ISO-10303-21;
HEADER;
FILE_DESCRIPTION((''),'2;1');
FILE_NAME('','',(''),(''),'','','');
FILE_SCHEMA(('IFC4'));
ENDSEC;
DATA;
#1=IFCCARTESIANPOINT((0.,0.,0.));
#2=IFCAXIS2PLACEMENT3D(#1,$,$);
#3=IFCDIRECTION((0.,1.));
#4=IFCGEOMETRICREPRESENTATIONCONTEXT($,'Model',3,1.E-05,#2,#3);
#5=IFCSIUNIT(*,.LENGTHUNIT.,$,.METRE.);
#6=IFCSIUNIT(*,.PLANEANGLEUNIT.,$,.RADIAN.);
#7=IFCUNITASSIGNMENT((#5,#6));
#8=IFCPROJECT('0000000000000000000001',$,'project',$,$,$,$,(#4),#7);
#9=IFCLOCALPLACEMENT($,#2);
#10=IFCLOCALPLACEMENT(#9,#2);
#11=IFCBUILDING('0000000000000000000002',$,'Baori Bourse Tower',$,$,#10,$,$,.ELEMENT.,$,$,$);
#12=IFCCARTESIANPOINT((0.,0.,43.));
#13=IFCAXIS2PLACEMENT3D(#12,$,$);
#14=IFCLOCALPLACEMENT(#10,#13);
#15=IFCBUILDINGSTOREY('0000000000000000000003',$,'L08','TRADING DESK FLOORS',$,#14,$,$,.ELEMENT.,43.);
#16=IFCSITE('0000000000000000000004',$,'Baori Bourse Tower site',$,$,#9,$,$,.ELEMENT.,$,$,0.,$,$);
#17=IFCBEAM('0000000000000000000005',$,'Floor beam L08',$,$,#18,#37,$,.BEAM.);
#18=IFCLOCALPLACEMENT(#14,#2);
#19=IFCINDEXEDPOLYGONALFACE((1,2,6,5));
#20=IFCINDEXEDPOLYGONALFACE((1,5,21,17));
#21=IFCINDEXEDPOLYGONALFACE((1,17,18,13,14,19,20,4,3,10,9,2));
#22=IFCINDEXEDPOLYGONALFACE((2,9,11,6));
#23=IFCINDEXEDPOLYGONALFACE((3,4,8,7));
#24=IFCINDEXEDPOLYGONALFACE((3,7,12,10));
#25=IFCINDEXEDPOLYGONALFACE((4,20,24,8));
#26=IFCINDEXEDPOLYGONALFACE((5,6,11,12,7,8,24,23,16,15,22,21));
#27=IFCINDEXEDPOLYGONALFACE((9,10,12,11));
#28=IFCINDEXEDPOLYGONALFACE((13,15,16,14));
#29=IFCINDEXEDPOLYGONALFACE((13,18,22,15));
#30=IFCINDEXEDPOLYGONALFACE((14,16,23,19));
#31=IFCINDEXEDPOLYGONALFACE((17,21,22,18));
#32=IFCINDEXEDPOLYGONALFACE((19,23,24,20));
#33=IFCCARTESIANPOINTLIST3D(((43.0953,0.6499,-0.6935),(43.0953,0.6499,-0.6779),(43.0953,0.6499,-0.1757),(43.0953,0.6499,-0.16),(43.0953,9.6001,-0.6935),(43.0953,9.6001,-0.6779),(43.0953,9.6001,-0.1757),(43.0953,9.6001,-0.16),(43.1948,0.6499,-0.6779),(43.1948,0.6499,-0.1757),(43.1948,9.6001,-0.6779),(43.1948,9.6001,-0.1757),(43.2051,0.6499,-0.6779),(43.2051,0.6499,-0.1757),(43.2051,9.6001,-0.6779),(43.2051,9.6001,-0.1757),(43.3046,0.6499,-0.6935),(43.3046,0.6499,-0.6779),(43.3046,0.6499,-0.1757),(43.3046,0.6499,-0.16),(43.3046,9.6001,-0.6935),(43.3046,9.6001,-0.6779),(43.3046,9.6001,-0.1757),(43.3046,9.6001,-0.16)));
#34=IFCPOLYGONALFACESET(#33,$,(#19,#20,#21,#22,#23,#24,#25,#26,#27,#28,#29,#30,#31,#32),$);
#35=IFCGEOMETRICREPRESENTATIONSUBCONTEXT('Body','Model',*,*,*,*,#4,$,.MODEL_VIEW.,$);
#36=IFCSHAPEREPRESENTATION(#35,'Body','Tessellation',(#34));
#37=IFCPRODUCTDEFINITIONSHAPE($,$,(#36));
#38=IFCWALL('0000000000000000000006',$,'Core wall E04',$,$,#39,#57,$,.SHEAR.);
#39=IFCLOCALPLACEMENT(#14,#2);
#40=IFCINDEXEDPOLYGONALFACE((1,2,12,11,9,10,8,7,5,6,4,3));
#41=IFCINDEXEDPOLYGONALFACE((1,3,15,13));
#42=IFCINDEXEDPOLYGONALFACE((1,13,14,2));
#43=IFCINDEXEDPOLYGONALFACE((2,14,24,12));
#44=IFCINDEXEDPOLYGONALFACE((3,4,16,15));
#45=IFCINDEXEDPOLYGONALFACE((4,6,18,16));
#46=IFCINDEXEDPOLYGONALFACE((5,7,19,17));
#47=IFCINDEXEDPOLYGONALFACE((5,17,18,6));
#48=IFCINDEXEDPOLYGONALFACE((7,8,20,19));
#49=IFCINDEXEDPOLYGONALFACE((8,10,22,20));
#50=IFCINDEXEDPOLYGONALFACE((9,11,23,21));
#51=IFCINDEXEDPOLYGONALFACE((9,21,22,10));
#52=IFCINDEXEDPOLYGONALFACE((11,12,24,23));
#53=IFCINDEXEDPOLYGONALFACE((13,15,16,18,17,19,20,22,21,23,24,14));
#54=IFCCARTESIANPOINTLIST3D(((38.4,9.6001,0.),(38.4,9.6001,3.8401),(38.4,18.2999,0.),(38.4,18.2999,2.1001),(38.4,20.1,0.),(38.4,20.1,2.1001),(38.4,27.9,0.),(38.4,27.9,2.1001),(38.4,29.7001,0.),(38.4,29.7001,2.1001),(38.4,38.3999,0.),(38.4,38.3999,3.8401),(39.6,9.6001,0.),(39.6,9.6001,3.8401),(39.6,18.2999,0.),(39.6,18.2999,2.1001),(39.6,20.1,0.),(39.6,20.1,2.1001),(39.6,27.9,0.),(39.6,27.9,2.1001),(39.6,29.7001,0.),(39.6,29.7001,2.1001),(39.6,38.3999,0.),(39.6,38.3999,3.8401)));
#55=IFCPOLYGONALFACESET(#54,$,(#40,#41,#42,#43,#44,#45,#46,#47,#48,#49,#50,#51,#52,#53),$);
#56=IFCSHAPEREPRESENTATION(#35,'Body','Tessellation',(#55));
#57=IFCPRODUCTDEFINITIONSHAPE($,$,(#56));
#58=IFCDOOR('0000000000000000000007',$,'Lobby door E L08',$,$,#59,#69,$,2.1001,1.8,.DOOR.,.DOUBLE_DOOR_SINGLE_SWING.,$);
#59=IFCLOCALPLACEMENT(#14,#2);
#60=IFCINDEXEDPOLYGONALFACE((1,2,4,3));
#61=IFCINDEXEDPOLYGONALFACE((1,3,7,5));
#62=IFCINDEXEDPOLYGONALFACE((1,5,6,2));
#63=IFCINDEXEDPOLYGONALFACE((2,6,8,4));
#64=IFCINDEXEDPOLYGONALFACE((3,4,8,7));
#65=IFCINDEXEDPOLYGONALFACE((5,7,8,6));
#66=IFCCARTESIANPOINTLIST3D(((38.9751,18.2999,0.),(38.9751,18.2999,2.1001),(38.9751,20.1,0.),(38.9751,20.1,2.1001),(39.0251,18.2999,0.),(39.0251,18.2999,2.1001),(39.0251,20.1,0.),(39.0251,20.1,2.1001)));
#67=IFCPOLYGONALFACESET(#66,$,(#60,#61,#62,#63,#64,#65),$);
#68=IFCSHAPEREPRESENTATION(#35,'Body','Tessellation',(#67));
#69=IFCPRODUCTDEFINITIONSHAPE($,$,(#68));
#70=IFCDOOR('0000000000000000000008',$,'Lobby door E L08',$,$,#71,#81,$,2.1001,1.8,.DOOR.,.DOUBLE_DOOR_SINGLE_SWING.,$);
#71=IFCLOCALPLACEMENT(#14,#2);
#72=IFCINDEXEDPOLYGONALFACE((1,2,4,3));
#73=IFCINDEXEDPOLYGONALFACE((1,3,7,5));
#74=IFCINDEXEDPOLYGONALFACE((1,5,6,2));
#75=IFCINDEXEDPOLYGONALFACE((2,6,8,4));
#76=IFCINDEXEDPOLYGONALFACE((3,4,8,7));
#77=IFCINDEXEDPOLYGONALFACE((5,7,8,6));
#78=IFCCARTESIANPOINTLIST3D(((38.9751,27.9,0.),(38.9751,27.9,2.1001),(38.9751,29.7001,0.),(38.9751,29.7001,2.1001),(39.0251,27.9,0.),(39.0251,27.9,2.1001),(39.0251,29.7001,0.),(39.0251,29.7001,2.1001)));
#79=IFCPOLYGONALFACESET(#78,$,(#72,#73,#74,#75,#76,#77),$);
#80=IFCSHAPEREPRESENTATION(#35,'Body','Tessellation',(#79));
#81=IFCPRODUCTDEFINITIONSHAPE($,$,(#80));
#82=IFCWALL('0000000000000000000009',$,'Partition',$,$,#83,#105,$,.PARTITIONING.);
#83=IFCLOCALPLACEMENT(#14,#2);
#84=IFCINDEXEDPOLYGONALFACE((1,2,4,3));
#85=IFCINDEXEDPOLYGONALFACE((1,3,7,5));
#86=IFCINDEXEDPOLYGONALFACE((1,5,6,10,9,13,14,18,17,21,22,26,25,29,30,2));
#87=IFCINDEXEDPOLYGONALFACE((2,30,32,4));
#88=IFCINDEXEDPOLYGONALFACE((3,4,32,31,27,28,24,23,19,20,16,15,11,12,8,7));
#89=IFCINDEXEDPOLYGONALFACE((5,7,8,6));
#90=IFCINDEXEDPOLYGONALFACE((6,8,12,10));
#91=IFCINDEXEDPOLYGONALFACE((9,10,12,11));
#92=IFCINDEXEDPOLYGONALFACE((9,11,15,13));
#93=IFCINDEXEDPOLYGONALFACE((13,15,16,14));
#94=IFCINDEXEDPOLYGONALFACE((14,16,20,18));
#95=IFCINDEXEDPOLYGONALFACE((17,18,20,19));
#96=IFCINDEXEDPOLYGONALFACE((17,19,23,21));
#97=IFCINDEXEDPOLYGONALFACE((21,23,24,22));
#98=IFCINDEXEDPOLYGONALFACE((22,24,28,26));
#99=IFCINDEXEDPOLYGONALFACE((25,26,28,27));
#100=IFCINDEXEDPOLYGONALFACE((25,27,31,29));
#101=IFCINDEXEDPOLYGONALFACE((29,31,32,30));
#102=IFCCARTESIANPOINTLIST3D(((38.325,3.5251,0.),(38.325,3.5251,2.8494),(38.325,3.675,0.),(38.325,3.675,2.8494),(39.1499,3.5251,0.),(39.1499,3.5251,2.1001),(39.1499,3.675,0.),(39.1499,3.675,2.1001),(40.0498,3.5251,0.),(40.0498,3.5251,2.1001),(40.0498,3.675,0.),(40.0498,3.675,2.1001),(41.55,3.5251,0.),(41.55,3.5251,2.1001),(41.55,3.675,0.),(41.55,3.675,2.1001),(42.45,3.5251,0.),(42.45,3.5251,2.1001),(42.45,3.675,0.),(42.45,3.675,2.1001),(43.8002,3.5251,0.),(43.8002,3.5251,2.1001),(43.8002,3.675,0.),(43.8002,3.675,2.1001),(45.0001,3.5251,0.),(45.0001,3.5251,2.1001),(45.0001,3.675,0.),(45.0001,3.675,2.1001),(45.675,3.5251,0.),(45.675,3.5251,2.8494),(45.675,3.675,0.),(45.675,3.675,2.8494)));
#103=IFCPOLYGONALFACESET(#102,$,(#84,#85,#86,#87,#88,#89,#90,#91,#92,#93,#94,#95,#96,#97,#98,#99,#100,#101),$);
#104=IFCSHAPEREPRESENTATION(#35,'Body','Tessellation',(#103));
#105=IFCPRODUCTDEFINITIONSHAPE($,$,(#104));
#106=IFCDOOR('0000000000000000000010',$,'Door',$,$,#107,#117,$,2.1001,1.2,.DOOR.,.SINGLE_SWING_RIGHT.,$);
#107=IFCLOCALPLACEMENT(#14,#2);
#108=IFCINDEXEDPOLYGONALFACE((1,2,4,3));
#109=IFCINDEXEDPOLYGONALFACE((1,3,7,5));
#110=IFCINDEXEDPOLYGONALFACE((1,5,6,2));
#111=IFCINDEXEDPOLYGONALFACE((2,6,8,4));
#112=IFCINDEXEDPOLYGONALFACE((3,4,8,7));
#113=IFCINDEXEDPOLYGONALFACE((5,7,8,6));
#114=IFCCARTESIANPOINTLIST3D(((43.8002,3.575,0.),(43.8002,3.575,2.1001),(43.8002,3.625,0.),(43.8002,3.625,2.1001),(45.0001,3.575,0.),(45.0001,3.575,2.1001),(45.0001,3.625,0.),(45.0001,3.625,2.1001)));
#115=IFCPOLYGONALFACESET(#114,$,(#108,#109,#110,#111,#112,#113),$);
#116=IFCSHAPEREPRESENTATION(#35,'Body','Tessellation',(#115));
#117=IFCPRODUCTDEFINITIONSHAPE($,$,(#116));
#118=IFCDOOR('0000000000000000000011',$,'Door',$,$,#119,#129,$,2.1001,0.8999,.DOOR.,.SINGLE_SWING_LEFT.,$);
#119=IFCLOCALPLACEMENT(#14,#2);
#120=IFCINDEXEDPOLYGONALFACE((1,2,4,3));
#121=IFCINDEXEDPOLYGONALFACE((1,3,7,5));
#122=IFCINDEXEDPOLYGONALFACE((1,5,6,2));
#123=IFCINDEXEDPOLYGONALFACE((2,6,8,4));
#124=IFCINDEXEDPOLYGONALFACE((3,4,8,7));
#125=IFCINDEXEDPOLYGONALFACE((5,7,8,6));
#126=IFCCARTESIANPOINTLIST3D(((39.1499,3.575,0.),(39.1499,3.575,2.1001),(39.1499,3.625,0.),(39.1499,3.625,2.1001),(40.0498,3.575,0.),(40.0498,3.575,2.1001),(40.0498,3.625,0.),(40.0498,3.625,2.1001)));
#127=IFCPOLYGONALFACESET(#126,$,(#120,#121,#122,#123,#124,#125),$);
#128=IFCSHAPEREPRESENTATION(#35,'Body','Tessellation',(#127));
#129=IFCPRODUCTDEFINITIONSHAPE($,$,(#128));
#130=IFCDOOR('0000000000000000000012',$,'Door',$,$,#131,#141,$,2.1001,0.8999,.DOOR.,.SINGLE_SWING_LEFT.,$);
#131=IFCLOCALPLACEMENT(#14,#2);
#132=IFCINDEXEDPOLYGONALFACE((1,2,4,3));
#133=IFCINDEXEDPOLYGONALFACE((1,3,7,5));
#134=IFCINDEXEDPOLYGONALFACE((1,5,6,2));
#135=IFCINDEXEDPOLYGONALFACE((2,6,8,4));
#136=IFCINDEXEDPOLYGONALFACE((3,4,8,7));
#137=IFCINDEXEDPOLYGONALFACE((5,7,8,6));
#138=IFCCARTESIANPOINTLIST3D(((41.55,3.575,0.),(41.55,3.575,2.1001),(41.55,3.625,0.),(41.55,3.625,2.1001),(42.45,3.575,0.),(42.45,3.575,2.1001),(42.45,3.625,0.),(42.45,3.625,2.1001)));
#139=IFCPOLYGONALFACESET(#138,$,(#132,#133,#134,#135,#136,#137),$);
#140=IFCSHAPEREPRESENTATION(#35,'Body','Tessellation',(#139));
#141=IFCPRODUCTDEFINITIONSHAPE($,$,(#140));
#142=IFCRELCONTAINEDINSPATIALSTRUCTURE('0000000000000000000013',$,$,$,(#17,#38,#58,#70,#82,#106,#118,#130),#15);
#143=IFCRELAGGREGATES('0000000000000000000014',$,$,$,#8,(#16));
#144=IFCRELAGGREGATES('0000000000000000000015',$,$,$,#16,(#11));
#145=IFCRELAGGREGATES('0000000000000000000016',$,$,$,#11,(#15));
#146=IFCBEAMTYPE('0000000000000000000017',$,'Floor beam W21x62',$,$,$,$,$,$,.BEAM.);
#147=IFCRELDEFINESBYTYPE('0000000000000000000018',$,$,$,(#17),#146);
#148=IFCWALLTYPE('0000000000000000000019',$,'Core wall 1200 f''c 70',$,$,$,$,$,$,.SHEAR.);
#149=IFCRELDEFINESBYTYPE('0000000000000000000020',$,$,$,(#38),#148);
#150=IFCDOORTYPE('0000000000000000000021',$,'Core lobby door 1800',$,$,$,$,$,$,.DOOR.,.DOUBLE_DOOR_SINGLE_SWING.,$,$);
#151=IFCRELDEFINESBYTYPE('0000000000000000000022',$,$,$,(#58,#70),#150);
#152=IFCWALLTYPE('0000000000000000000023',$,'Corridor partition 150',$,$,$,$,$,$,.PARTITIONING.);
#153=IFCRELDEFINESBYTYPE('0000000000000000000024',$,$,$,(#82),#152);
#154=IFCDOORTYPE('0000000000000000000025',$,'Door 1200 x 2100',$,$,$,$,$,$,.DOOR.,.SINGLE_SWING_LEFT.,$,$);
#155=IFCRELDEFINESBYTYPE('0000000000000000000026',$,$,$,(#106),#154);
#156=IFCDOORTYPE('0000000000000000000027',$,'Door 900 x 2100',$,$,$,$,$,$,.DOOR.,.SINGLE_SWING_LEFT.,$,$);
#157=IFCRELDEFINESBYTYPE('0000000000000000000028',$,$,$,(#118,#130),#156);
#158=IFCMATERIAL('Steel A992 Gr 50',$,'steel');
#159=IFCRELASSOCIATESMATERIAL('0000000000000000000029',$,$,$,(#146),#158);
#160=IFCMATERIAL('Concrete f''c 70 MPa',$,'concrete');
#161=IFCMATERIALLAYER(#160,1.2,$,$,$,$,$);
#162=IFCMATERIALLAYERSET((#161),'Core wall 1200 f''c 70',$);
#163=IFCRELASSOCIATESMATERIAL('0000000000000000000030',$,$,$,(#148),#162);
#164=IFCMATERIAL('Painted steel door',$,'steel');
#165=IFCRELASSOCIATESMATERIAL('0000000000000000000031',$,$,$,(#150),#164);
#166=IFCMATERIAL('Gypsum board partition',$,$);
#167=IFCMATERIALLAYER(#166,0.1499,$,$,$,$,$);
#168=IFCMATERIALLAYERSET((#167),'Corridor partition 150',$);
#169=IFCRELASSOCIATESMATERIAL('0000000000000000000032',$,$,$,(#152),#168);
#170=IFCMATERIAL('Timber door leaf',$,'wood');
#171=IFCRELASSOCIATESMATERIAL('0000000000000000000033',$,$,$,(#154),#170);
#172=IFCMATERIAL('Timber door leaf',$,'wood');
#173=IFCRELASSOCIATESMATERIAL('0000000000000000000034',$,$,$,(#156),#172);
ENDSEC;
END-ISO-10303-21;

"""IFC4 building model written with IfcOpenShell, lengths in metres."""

from ifc_helpers import new_model, si_unit, direction, frame, frame_2d, origin, origin_2d, place, context, subcontext, project, spatial, rectangle, i_section, extrude, material, layer, layer_set, material_profile, profile_set, type_object, element, fill, save


model = new_model("IFC4")

# Units and contexts
model_context = context("Model", 3, precision=1e-05, world=origin(), true_north=direction((0.0, 1.0)))
body_context = subcontext(model_context, "Body", "Model", "MODEL_VIEW")
ifc_project = project(units=[si_unit("LENGTHUNIT", "METRE"), si_unit("PLANEANGLEUNIT", "RADIAN")], contexts=[model_context])

# Site, building, storey
site_placement = place(None, origin())
site = spatial("IfcSite", under=ifc_project, at=site_placement, Name="Baori Bourse Tower site", CompositionType="ELEMENT", RefElevation=0.0)
building_placement = place(site_placement, origin())
building = spatial("IfcBuilding", under=site, at=building_placement, Name="Baori Bourse Tower", CompositionType="ELEMENT")
storey_placement = place(building_placement, frame((0.0, 0.0, 43.0)))
storey = spatial("IfcBuildingStorey", under=building, at=storey_placement, Name="L08", Description="TRADING DESK FLOORS", CompositionType="ELEMENT", Elevation=43.0)

# Beam
ifc_material_1 = material(Name="Steel A992 Gr 50", Category="steel")
ifc_material_profile = material_profile(ifc_material_1, i_section(OverallWidth=0.2092, OverallDepth=0.5334, WebThickness=0.0103, FlangeThickness=0.0156, at=origin_2d()), Name="W21x62")
ifc_profile_set = profile_set([ifc_material_profile], Name="Steel A992 Gr 50")
beam_type = type_object("IfcBeamType", Name="Floor beam W21x62", PredefinedType="BEAM", material=ifc_profile_set)
beam_placement = place(storey_placement, frame((43.2, 0.6499, -0.4268), z_axis=(0.0, 1.0, 0.0), x_axis=(-1.0, 0.0, 0.0)))
element("IfcBeam", 1, at=beam_placement, inside=storey, type_object=beam_type, Name="Floor beam L08", PredefinedType="BEAM", context=body_context, shape_type="SweptSolid", body=[
    extrude(i_section(OverallWidth=0.2092, OverallDepth=0.5334, WebThickness=0.0103, FlangeThickness=0.0156, at=origin_2d()), origin(), (0.0, 0.0, 1.0), 8.9502),
])

# Walls, openings, doors
ifc_material_2 = material(Name="Concrete f'c 70 MPa", Category="concrete")
ifc_layer_1 = layer(ifc_material_2, 1.2)
ifc_layer_set_1 = layer_set([ifc_layer_1], Name="Core wall 1200 f'c 70")
wall_type_1 = type_object("IfcWallType", Name="Core wall 1200 f'c 70", PredefinedType="SHEAR", material=ifc_layer_set_1)
wall_1_placement = place(storey_placement, frame((39.0, 9.6001, 0.0), z_axis=(0.0, 0.0, 1.0), x_axis=(0.0, 1.0, 0.0)))
wall_1 = element("IfcWall", 2, at=wall_1_placement, inside=storey, type_object=wall_type_1, Name="Core wall E04", PredefinedType="SHEAR", context=body_context, shape_type="SweptSolid", body=[
    extrude(rectangle(XDim=28.7998, YDim=1.2, at=frame_2d((14.3999, 0.0))), origin(), (0.0, 0.0, 1.0), 3.8401),
])
opening_1_placement = place(wall_1_placement, frame((8.7, 0.0, 0.0)))
opening_1 = element("IfcOpeningElement", 3, at=opening_1_placement, cuts=wall_1, PredefinedType="OPENING", context=body_context, shape_type="SweptSolid", body=[
    extrude(rectangle(XDim=1.8, YDim=2.1001, at=frame_2d((0.8999, 1.05))), frame((0.0, 0.6099, 0.0), z_axis=(0.0, -1.0, 0.0), x_axis=(1.0, 0.0, 0.0)), (0.0, 0.0, 1.0), 1.22),
])
opening_2_placement = place(wall_1_placement, frame((18.3, 0.0, 0.0)))
opening_2 = element("IfcOpeningElement", 4, at=opening_2_placement, cuts=wall_1, PredefinedType="OPENING", context=body_context, shape_type="SweptSolid", body=[
    extrude(rectangle(XDim=1.8, YDim=2.1001, at=frame_2d((0.8999, 1.05))), frame((0.0, 0.6099, 0.0), z_axis=(0.0, -1.0, 0.0), x_axis=(1.0, 0.0, 0.0)), (0.0, 0.0, 1.0), 1.22),
])
ifc_material_3 = material(Name="Painted steel door", Category="steel")
door_type_1 = type_object("IfcDoorType", Name="Core lobby door 1800", OperationType="DOUBLE_DOOR_SINGLE_SWING", PredefinedType="DOOR", material=ifc_material_3)
door_1_placement = place(opening_1_placement, origin())
door_1 = element("IfcDoor", 5, at=door_1_placement, inside=storey, type_object=door_type_1, Name="Lobby door E L08", OperationType="DOUBLE_DOOR_SINGLE_SWING", OverallHeight=2.1001, OverallWidth=1.8, PredefinedType="DOOR", context=body_context, shape_type="SweptSolid", body=[
    extrude(rectangle(XDim=1.8, YDim=2.1001, at=frame_2d((0.8999, 1.05))), frame((0.0, 0.0249, 0.0), z_axis=(0.0, -1.0, 0.0), x_axis=(1.0, 0.0, 0.0)), (0.0, 0.0, 1.0), 0.05),
])
fill(opening_1, door_1)
door_2_placement = place(opening_2_placement, origin())
door_2 = element("IfcDoor", 6, at=door_2_placement, inside=storey, type_object=door_type_1, Name="Lobby door E L08", OperationType="DOUBLE_DOOR_SINGLE_SWING", OverallHeight=2.1001, OverallWidth=1.8, PredefinedType="DOOR", context=body_context, shape_type="SweptSolid", body=[
    extrude(rectangle(XDim=1.8, YDim=2.1001, at=frame_2d((0.8999, 1.05))), frame((0.0, 0.0249, 0.0), z_axis=(0.0, -1.0, 0.0), x_axis=(1.0, 0.0, 0.0)), (0.0, 0.0, 1.0), 0.05),
])
fill(opening_2, door_2)
ifc_material_4 = material(Name="Gypsum board partition")
ifc_layer_2 = layer(ifc_material_4, 0.1499)
ifc_layer_set_2 = layer_set([ifc_layer_2], Name="Corridor partition 150")
wall_type_2 = type_object("IfcWallType", Name="Corridor partition 150", PredefinedType="PARTITIONING", material=ifc_layer_set_2)
wall_2_placement = place(storey_placement, frame((38.325, 3.6001, 0.0), z_axis=(0.0, 0.0, 1.0), x_axis=(1.0, 0.0, 0.0)))
wall_2 = element("IfcWall", 7, at=wall_2_placement, inside=storey, type_object=wall_type_2, Name="Partition", PredefinedType="PARTITIONING", context=body_context, shape_type="SweptSolid", body=[
    extrude(rectangle(XDim=7.3501, YDim=0.1499, at=frame_2d((3.675, 0.0))), origin(), (0.0, 0.0, 1.0), 2.8494),
])
opening_3_placement = place(wall_2_placement, frame((0.825, 0.0, 0.0)))
opening_3 = element("IfcOpeningElement", 8, at=opening_3_placement, cuts=wall_2, PredefinedType="OPENING", context=body_context, shape_type="SweptSolid", body=[
    extrude(rectangle(XDim=0.8999, YDim=2.1001, at=frame_2d((0.45, 1.05))), frame((0.0, 0.085, 0.0), z_axis=(0.0, -1.0, 0.0), x_axis=(1.0, 0.0, 0.0)), (0.0, 0.0, 1.0), 0.1699),
])
opening_4_placement = place(wall_2_placement, frame((3.2251, 0.0, 0.0)))
opening_4 = element("IfcOpeningElement", 9, at=opening_4_placement, cuts=wall_2, PredefinedType="OPENING", context=body_context, shape_type="SweptSolid", body=[
    extrude(rectangle(XDim=0.8999, YDim=2.1001, at=frame_2d((0.45, 1.05))), frame((0.0, 0.085, 0.0), z_axis=(0.0, -1.0, 0.0), x_axis=(1.0, 0.0, 0.0)), (0.0, 0.0, 1.0), 0.1699),
])
opening_5_placement = place(wall_2_placement, frame((5.4751, 0.0, 0.0)))
opening_5 = element("IfcOpeningElement", 10, at=opening_5_placement, cuts=wall_2, PredefinedType="OPENING", context=body_context, shape_type="SweptSolid", body=[
    extrude(rectangle(XDim=1.2, YDim=2.1001, at=frame_2d((0.6001, 1.05))), frame((0.0, 0.085, 0.0), z_axis=(0.0, -1.0, 0.0), x_axis=(1.0, 0.0, 0.0)), (0.0, 0.0, 1.0), 0.1699),
])
ifc_material_5 = material(Name="Timber door leaf", Category="wood")
door_type_2 = type_object("IfcDoorType", Name="Door 1200 x 2100", OperationType="SINGLE_SWING_LEFT", PredefinedType="DOOR", material=ifc_material_5)
door_3_placement = place(opening_5_placement, origin())
door_3 = element("IfcDoor", 11, at=door_3_placement, inside=storey, type_object=door_type_2, Name="Door", OperationType="SINGLE_SWING_RIGHT", OverallHeight=2.1001, OverallWidth=1.2, PredefinedType="DOOR", context=body_context, shape_type="SweptSolid", body=[
    extrude(rectangle(XDim=1.2, YDim=2.1001, at=frame_2d((0.6001, 1.05))), frame((0.0, 0.0249, 0.0), z_axis=(0.0, -1.0, 0.0), x_axis=(1.0, 0.0, 0.0)), (0.0, 0.0, 1.0), 0.05),
])
fill(opening_5, door_3)
ifc_material_6 = material(Name="Timber door leaf", Category="wood")
door_type_3 = type_object("IfcDoorType", Name="Door 900 x 2100", OperationType="SINGLE_SWING_LEFT", PredefinedType="DOOR", material=ifc_material_6)
door_4_placement = place(opening_3_placement, origin())
door_4 = element("IfcDoor", 12, at=door_4_placement, inside=storey, type_object=door_type_3, Name="Door", OperationType="SINGLE_SWING_LEFT", OverallHeight=2.1001, OverallWidth=0.8999, PredefinedType="DOOR", context=body_context, shape_type="SweptSolid", body=[
    extrude(rectangle(XDim=0.8999, YDim=2.1001, at=frame_2d((0.45, 1.05))), frame((0.0, 0.0249, 0.0), z_axis=(0.0, -1.0, 0.0), x_axis=(1.0, 0.0, 0.0)), (0.0, 0.0, 1.0), 0.05),
])
fill(opening_3, door_4)
door_5_placement = place(opening_4_placement, origin())
door_5 = element("IfcDoor", 13, at=door_5_placement, inside=storey, type_object=door_type_3, Name="Door", OperationType="SINGLE_SWING_LEFT", OverallHeight=2.1001, OverallWidth=0.8999, PredefinedType="DOOR", context=body_context, shape_type="SweptSolid", body=[
    extrude(rectangle(XDim=0.8999, YDim=2.1001, at=frame_2d((0.45, 1.05))), frame((0.0, 0.0249, 0.0), z_axis=(0.0, -1.0, 0.0), x_axis=(1.0, 0.0, 0.0)), (0.0, 0.0, 1.0), 0.05),
])
fill(opening_4, door_5)

save(model, "model.ifc")
